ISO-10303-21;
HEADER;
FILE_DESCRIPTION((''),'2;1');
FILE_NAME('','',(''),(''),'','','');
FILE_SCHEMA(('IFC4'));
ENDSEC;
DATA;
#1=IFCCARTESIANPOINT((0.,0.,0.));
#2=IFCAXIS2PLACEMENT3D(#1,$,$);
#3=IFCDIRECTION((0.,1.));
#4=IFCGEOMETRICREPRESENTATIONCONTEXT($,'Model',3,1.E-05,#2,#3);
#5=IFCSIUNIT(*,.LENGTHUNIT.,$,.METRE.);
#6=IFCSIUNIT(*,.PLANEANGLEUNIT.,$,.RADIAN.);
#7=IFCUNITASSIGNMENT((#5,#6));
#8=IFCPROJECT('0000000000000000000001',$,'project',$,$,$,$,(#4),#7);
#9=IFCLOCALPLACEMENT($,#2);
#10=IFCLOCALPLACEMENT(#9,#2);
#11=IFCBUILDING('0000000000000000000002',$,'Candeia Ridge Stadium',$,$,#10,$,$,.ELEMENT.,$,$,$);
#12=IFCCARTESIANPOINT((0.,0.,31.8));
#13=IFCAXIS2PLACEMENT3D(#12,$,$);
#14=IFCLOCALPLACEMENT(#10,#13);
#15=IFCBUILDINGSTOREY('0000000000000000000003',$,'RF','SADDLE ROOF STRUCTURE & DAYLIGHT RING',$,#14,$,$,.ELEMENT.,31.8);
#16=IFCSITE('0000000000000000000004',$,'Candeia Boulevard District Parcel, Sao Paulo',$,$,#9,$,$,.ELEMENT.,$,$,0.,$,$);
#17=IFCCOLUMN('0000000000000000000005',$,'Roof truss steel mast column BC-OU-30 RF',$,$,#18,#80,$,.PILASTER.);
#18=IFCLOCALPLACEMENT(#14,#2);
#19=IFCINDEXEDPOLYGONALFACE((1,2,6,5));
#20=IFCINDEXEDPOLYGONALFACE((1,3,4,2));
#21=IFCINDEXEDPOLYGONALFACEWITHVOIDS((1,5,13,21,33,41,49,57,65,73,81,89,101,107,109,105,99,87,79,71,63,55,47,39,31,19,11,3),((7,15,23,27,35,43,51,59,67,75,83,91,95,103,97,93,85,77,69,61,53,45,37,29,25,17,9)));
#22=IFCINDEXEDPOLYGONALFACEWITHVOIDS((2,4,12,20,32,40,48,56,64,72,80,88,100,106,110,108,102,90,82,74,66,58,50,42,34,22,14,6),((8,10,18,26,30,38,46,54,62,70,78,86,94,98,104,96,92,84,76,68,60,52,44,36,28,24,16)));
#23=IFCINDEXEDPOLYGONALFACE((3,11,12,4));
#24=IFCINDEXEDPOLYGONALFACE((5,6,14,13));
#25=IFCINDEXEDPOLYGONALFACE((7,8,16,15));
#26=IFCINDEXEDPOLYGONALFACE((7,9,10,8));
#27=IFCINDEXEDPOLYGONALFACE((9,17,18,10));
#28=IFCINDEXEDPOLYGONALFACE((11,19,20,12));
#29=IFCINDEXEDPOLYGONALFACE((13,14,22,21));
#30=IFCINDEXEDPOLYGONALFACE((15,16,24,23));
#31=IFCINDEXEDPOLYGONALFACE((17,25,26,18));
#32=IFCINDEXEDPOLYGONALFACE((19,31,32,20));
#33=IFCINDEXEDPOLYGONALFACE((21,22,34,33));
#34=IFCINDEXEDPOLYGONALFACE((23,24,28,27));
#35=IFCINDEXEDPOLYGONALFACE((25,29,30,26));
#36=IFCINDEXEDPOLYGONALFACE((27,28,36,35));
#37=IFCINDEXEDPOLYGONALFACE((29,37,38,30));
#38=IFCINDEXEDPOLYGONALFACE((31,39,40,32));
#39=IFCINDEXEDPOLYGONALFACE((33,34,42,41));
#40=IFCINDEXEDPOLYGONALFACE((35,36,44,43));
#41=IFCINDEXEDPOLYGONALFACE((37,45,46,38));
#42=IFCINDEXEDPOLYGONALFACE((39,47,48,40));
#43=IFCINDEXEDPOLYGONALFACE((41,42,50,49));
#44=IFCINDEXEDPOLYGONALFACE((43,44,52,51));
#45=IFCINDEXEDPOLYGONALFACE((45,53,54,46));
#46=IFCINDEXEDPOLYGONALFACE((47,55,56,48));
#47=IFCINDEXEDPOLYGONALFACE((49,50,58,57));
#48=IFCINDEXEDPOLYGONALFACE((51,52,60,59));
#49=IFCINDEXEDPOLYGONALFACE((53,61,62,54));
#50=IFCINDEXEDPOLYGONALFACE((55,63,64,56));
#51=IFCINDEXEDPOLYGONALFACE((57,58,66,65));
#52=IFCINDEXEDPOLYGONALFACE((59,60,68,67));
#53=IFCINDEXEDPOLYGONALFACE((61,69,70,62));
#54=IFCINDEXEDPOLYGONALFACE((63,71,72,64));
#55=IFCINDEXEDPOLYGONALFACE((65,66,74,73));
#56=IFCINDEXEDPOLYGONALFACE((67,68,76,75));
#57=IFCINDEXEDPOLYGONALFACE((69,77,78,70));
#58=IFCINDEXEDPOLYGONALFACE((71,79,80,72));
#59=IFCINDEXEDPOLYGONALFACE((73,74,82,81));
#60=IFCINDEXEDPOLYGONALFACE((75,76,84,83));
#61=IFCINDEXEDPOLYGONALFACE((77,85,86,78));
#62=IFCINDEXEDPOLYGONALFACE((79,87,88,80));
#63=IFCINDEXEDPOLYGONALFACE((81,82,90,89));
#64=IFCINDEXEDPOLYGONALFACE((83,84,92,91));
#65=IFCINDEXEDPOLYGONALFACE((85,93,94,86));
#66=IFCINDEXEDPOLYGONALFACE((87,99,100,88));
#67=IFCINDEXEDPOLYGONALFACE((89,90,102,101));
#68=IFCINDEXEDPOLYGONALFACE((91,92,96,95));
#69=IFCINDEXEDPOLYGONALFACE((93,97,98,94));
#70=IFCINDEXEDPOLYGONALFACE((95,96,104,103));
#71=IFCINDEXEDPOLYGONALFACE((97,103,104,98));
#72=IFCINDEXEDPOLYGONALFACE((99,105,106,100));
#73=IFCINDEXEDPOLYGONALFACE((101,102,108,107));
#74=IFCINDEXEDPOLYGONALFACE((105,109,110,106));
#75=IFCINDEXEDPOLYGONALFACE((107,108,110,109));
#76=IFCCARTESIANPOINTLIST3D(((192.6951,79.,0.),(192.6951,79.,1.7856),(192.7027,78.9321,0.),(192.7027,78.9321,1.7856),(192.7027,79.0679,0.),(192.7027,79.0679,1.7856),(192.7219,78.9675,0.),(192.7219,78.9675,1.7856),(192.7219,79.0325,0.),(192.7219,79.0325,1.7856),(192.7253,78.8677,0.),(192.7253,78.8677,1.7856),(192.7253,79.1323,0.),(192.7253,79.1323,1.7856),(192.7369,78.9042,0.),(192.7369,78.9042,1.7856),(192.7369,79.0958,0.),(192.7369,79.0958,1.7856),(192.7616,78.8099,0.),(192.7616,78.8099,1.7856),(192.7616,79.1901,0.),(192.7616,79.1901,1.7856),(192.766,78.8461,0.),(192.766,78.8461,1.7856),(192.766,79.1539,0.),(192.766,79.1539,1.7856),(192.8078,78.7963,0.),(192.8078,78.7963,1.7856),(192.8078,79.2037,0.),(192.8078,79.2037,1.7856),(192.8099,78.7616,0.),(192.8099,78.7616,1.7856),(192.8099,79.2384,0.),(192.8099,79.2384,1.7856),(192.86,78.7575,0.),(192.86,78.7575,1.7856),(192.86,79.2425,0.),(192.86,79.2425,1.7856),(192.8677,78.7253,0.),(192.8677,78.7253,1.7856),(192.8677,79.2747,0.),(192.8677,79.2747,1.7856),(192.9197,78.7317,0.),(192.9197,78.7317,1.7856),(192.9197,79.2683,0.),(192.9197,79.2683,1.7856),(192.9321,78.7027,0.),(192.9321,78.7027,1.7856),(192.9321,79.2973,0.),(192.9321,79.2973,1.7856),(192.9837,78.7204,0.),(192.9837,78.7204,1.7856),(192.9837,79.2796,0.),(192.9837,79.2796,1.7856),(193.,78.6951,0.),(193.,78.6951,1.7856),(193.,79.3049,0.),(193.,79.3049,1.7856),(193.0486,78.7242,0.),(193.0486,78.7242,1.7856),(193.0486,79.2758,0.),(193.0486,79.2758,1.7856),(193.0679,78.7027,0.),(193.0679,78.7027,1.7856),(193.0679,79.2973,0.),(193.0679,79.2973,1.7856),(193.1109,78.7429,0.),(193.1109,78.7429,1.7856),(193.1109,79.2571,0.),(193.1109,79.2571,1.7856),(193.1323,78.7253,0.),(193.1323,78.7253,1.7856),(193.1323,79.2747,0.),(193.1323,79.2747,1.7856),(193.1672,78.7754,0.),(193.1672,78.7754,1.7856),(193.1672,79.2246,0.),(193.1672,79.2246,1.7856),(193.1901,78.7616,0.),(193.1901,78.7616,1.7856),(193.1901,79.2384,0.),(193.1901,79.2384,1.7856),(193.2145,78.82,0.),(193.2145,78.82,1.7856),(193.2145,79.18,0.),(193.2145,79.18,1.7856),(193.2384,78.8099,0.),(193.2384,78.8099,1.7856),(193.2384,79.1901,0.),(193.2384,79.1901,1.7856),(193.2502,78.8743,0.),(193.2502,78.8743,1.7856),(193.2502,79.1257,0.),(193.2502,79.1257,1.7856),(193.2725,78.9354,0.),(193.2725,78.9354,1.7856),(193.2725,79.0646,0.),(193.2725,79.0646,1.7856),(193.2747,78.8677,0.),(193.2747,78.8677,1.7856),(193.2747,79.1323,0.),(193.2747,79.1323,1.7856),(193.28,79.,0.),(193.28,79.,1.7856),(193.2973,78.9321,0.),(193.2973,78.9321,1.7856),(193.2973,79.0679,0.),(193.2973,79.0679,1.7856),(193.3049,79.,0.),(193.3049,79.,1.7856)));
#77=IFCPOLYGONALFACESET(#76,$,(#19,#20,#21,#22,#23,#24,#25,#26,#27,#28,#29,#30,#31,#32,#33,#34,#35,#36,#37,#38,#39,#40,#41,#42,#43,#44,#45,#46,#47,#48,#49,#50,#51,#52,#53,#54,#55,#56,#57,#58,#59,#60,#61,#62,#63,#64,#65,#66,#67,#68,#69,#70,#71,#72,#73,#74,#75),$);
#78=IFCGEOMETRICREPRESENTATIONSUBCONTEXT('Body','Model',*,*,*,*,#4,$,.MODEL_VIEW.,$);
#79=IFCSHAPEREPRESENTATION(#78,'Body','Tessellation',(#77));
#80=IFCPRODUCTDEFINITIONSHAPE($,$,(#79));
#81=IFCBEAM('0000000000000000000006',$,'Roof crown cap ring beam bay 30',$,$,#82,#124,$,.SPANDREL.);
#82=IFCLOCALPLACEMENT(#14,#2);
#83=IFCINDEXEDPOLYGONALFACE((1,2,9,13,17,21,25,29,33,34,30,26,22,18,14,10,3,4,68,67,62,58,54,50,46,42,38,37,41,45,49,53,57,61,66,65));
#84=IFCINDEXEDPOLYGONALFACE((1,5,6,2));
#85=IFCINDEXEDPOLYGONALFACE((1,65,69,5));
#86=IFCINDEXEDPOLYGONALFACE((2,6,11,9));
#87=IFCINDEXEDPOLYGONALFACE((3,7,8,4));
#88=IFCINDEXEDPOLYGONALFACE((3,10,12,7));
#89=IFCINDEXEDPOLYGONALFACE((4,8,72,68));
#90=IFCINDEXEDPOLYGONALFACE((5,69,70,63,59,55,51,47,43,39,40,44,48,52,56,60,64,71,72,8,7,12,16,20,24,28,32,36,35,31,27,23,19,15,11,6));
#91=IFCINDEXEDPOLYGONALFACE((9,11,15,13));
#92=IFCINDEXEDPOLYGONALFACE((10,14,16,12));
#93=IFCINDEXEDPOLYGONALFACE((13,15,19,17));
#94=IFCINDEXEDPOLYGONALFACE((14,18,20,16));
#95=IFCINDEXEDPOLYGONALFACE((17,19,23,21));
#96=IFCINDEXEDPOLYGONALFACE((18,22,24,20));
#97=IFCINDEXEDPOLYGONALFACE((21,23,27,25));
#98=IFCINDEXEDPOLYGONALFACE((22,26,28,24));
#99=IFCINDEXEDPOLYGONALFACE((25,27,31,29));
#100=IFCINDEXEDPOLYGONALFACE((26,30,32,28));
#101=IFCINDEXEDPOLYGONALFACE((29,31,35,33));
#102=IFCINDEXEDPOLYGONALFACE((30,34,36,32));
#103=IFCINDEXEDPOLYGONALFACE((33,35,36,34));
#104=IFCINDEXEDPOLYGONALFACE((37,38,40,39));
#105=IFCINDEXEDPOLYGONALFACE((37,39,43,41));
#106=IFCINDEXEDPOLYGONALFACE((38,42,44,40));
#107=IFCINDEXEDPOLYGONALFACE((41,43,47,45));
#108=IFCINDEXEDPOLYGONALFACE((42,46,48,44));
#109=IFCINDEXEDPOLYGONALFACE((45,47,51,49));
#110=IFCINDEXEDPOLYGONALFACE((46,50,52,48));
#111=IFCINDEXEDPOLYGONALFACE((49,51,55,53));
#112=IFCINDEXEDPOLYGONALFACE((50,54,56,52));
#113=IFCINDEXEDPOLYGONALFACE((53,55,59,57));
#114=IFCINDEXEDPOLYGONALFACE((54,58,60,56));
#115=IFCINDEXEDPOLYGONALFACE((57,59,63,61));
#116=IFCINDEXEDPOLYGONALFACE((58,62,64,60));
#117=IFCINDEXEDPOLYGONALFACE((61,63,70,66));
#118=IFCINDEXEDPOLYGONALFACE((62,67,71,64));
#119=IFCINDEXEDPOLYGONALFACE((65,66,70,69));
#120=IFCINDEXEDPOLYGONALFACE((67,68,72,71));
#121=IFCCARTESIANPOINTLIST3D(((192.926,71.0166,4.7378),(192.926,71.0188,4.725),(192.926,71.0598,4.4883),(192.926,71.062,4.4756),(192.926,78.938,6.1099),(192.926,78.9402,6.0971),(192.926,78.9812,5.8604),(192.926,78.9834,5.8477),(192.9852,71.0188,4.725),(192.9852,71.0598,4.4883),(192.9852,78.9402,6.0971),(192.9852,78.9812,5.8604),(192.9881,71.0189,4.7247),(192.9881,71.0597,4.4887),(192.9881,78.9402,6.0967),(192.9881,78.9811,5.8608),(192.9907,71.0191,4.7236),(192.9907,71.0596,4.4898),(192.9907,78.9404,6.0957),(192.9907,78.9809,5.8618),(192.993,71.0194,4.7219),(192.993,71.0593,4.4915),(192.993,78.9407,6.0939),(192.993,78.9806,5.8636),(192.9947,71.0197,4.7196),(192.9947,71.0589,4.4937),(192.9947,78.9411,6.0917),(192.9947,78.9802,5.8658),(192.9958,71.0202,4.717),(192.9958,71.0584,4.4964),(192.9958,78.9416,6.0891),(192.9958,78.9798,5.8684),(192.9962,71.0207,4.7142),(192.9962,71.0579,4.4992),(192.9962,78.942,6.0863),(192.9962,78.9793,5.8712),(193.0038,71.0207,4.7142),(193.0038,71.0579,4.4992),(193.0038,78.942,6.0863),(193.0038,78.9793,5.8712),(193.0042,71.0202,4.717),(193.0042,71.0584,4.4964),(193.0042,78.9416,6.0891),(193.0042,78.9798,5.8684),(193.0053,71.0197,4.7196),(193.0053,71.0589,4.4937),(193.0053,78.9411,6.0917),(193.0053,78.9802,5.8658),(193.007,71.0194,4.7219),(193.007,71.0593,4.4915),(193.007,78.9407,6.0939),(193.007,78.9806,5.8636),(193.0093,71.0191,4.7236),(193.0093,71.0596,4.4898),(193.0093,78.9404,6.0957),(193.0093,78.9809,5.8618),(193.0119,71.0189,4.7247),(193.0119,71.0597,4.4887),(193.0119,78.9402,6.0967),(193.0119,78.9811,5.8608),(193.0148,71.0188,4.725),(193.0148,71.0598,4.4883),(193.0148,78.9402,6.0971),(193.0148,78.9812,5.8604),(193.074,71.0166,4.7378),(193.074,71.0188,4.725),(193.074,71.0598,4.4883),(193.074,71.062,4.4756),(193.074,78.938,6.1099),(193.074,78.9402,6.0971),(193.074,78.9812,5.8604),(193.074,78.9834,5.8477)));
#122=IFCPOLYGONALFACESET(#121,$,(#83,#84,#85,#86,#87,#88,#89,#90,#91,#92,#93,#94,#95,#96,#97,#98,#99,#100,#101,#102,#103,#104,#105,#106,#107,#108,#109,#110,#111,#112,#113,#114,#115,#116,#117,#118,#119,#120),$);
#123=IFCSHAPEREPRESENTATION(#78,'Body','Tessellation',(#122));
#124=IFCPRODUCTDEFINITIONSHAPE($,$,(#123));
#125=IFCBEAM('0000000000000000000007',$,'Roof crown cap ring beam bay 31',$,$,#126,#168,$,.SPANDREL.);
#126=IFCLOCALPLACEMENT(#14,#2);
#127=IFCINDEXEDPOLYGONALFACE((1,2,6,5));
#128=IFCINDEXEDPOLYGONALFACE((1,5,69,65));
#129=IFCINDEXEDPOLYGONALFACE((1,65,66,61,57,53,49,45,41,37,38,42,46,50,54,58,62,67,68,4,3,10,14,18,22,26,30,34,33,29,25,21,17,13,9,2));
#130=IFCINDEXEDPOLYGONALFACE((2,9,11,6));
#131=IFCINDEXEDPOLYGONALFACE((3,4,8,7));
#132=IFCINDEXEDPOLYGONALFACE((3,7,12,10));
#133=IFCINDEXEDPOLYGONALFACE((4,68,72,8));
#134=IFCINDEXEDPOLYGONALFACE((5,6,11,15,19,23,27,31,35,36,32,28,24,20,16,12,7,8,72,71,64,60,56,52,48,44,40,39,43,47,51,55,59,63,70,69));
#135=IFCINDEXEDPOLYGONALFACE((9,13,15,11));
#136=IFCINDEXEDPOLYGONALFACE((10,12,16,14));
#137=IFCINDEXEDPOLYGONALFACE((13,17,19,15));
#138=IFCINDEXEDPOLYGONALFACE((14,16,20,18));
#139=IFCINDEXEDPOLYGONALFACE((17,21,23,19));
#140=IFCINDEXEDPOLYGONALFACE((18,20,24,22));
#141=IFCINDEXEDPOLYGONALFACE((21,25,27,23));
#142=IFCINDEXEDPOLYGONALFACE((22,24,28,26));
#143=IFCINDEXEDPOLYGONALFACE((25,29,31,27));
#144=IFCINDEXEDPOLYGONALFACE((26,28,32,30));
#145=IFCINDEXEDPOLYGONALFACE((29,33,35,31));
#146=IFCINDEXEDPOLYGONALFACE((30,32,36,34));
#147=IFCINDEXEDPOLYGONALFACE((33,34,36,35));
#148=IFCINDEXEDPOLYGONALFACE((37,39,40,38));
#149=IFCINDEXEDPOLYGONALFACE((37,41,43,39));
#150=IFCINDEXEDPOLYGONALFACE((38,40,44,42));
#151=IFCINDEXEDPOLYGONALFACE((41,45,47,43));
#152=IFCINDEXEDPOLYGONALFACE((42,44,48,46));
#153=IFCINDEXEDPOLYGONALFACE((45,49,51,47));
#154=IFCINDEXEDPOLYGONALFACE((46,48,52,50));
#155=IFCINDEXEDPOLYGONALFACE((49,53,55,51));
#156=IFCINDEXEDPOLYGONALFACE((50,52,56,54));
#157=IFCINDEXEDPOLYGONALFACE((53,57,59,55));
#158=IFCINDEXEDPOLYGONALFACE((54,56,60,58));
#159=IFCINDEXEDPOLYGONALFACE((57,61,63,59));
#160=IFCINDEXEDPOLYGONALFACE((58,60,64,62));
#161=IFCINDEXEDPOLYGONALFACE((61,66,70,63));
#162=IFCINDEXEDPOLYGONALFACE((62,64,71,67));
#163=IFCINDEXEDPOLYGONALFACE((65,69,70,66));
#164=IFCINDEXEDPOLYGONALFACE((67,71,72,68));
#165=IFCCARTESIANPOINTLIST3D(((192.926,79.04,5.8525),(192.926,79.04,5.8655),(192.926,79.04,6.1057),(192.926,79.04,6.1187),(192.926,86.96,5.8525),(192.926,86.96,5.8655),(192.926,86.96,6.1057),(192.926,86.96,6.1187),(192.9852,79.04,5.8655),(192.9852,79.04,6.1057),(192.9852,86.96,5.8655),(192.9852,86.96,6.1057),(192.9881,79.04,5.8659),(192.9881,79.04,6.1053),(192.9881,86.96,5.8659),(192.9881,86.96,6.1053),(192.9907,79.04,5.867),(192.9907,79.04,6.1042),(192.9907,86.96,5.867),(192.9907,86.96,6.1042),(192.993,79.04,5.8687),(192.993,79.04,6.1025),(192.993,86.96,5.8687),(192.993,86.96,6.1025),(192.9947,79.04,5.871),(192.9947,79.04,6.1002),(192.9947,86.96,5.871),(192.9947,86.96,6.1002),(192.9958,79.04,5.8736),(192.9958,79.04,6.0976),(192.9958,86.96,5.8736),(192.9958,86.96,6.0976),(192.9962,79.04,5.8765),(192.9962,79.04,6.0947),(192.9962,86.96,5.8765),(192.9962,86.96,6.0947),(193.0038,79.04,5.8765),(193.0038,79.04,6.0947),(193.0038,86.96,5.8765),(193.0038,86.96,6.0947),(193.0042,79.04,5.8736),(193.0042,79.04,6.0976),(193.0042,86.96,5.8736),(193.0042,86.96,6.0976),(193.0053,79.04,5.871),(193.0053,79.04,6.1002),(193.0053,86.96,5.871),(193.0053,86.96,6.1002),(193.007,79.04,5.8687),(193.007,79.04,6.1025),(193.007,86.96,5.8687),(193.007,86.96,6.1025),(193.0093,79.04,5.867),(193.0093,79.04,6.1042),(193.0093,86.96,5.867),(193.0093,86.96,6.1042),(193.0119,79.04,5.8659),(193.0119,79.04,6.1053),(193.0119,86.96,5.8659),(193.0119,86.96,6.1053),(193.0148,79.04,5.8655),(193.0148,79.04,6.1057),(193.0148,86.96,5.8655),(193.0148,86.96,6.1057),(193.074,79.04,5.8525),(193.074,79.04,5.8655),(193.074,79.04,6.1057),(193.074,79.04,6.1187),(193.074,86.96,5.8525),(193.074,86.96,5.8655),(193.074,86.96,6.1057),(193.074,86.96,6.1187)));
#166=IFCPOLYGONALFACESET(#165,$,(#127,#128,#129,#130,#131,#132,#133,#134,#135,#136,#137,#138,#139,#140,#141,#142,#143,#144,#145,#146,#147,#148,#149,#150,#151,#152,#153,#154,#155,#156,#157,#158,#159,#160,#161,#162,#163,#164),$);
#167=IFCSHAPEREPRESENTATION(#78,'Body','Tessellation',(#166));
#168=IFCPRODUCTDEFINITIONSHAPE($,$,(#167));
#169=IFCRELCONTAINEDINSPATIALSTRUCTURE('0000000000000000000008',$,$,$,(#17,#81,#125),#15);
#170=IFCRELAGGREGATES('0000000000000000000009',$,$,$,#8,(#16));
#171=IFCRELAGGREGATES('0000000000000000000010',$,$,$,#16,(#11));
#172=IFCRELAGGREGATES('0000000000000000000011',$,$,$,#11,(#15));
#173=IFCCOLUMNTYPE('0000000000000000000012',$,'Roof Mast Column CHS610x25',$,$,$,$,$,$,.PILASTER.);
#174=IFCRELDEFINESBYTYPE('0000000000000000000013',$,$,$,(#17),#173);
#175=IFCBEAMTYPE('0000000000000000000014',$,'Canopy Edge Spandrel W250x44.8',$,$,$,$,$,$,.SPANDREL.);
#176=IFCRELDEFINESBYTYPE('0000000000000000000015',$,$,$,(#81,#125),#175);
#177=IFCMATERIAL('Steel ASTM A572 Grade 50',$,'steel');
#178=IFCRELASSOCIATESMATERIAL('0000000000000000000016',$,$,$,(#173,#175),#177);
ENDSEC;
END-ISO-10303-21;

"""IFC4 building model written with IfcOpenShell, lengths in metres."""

from ifc_helpers import new_model, si_unit, direction, frame, origin, origin_2d, place, context, subcontext, project, spatial, hollow_circle, i_section, extrude, material, material_profile, profile_set, type_object, element, save


model = new_model("IFC4")

# Units and contexts
model_context = context("Model", 3, precision=1e-05, world=origin(), true_north=direction((0.0, 1.0)))
body_context = subcontext(model_context, "Body", "Model", "MODEL_VIEW")
ifc_project = project(units=[si_unit("LENGTHUNIT", "METRE"), si_unit("PLANEANGLEUNIT", "RADIAN")], contexts=[model_context])

# Site, building, storey
site_placement = place(None, origin())
site = spatial("IfcSite", under=ifc_project, at=site_placement, Name="Candeia Boulevard District Parcel, Sao Paulo", CompositionType="ELEMENT", RefElevation=0.0)
building_placement = place(site_placement, origin())
building = spatial("IfcBuilding", under=site, at=building_placement, Name="Candeia Ridge Stadium", CompositionType="ELEMENT")
storey_placement = place(building_placement, frame((0.0, 0.0, 31.8)))
storey = spatial("IfcBuildingStorey", under=building, at=storey_placement, Name="RF", Description="SADDLE ROOF STRUCTURE & DAYLIGHT RING", CompositionType="ELEMENT", Elevation=31.8)

# Column
ifc_material_1 = material(Name="Steel ASTM A572 Grade 50", Category="steel")
ifc_material_profile_1 = material_profile(ifc_material_1, hollow_circle(Radius=0.3049, WallThickness=0.0249, at=origin_2d()), Name="CHS610x25", Category="steel")
ifc_profile_set_1 = profile_set([ifc_material_profile_1], Name="Steel ASTM A572 Grade 50")
column_type = type_object("IfcColumnType", Name="Roof Mast Column CHS610x25", PredefinedType="PILASTER", material=ifc_profile_set_1)
column_placement = place(storey_placement, frame((193.0, 79.0, 0.0), z_axis=(0.0, 0.0, 1.0), x_axis=(1.0, 0.0, 0.0)))
element("IfcColumn", 1, at=column_placement, inside=storey, type_object=column_type, Name="Roof truss steel mast column BC-OU-30 RF", PredefinedType="PILASTER", context=body_context, shape_type="SweptSolid", body=[
    extrude(hollow_circle(Radius=0.3049, WallThickness=0.0249, at=origin_2d()), origin(), (0.0, 0.0, 1.0), 1.7856),
])

# Beams
ifc_material_profile_2 = material_profile(ifc_material_1, i_section(OverallWidth=0.1479, OverallDepth=0.2661, WebThickness=0.0076, FlangeThickness=0.0129, FilletRadius=0.011, at=origin_2d()), Name="W250x44.8", Category="steel")
ifc_profile_set_2 = profile_set([ifc_material_profile_2], Name="Steel ASTM A572 Grade 50")
beam_type_1 = type_object("IfcBeamType", Name="Canopy Edge Spandrel W250x44.8", PredefinedType="SPANDREL", material=ifc_profile_set_2)
beam_1_placement = place(storey_placement, frame((193.0, 71.0393, 4.6067), z_axis=(0.0, 0.985328, 0.17067), x_axis=(-1.0, 0.0, 0.0)))
element("IfcBeam", 2, at=beam_1_placement, inside=storey, type_object=beam_type_1, Name="Roof crown cap ring beam bay 30", PredefinedType="SPANDREL", context=body_context, shape_type="SweptSolid", body=[
    extrude(i_section(OverallWidth=0.1479, OverallDepth=0.2661, WebThickness=0.0076, FlangeThickness=0.0129, FilletRadius=0.011, at=origin_2d()), origin(), (0.0, 0.0, 1.0), 8.0393),
])
beam_2_placement = place(storey_placement, frame((193.0, 79.04, 5.9856), z_axis=(0.0, 1.0, 0.0), x_axis=(-1.0, 0.0, 0.0)))
element("IfcBeam", 3, at=beam_2_placement, inside=storey, type_object=beam_type_1, Name="Roof crown cap ring beam bay 31", PredefinedType="SPANDREL", context=body_context, shape_type="SweptSolid", body=[
    extrude(i_section(OverallWidth=0.1479, OverallDepth=0.2661, WebThickness=0.0076, FlangeThickness=0.0129, FilletRadius=0.011, at=origin_2d()), origin(), (0.0, 0.0, 1.0), 7.9199),
])

save(model, "model.ifc")
